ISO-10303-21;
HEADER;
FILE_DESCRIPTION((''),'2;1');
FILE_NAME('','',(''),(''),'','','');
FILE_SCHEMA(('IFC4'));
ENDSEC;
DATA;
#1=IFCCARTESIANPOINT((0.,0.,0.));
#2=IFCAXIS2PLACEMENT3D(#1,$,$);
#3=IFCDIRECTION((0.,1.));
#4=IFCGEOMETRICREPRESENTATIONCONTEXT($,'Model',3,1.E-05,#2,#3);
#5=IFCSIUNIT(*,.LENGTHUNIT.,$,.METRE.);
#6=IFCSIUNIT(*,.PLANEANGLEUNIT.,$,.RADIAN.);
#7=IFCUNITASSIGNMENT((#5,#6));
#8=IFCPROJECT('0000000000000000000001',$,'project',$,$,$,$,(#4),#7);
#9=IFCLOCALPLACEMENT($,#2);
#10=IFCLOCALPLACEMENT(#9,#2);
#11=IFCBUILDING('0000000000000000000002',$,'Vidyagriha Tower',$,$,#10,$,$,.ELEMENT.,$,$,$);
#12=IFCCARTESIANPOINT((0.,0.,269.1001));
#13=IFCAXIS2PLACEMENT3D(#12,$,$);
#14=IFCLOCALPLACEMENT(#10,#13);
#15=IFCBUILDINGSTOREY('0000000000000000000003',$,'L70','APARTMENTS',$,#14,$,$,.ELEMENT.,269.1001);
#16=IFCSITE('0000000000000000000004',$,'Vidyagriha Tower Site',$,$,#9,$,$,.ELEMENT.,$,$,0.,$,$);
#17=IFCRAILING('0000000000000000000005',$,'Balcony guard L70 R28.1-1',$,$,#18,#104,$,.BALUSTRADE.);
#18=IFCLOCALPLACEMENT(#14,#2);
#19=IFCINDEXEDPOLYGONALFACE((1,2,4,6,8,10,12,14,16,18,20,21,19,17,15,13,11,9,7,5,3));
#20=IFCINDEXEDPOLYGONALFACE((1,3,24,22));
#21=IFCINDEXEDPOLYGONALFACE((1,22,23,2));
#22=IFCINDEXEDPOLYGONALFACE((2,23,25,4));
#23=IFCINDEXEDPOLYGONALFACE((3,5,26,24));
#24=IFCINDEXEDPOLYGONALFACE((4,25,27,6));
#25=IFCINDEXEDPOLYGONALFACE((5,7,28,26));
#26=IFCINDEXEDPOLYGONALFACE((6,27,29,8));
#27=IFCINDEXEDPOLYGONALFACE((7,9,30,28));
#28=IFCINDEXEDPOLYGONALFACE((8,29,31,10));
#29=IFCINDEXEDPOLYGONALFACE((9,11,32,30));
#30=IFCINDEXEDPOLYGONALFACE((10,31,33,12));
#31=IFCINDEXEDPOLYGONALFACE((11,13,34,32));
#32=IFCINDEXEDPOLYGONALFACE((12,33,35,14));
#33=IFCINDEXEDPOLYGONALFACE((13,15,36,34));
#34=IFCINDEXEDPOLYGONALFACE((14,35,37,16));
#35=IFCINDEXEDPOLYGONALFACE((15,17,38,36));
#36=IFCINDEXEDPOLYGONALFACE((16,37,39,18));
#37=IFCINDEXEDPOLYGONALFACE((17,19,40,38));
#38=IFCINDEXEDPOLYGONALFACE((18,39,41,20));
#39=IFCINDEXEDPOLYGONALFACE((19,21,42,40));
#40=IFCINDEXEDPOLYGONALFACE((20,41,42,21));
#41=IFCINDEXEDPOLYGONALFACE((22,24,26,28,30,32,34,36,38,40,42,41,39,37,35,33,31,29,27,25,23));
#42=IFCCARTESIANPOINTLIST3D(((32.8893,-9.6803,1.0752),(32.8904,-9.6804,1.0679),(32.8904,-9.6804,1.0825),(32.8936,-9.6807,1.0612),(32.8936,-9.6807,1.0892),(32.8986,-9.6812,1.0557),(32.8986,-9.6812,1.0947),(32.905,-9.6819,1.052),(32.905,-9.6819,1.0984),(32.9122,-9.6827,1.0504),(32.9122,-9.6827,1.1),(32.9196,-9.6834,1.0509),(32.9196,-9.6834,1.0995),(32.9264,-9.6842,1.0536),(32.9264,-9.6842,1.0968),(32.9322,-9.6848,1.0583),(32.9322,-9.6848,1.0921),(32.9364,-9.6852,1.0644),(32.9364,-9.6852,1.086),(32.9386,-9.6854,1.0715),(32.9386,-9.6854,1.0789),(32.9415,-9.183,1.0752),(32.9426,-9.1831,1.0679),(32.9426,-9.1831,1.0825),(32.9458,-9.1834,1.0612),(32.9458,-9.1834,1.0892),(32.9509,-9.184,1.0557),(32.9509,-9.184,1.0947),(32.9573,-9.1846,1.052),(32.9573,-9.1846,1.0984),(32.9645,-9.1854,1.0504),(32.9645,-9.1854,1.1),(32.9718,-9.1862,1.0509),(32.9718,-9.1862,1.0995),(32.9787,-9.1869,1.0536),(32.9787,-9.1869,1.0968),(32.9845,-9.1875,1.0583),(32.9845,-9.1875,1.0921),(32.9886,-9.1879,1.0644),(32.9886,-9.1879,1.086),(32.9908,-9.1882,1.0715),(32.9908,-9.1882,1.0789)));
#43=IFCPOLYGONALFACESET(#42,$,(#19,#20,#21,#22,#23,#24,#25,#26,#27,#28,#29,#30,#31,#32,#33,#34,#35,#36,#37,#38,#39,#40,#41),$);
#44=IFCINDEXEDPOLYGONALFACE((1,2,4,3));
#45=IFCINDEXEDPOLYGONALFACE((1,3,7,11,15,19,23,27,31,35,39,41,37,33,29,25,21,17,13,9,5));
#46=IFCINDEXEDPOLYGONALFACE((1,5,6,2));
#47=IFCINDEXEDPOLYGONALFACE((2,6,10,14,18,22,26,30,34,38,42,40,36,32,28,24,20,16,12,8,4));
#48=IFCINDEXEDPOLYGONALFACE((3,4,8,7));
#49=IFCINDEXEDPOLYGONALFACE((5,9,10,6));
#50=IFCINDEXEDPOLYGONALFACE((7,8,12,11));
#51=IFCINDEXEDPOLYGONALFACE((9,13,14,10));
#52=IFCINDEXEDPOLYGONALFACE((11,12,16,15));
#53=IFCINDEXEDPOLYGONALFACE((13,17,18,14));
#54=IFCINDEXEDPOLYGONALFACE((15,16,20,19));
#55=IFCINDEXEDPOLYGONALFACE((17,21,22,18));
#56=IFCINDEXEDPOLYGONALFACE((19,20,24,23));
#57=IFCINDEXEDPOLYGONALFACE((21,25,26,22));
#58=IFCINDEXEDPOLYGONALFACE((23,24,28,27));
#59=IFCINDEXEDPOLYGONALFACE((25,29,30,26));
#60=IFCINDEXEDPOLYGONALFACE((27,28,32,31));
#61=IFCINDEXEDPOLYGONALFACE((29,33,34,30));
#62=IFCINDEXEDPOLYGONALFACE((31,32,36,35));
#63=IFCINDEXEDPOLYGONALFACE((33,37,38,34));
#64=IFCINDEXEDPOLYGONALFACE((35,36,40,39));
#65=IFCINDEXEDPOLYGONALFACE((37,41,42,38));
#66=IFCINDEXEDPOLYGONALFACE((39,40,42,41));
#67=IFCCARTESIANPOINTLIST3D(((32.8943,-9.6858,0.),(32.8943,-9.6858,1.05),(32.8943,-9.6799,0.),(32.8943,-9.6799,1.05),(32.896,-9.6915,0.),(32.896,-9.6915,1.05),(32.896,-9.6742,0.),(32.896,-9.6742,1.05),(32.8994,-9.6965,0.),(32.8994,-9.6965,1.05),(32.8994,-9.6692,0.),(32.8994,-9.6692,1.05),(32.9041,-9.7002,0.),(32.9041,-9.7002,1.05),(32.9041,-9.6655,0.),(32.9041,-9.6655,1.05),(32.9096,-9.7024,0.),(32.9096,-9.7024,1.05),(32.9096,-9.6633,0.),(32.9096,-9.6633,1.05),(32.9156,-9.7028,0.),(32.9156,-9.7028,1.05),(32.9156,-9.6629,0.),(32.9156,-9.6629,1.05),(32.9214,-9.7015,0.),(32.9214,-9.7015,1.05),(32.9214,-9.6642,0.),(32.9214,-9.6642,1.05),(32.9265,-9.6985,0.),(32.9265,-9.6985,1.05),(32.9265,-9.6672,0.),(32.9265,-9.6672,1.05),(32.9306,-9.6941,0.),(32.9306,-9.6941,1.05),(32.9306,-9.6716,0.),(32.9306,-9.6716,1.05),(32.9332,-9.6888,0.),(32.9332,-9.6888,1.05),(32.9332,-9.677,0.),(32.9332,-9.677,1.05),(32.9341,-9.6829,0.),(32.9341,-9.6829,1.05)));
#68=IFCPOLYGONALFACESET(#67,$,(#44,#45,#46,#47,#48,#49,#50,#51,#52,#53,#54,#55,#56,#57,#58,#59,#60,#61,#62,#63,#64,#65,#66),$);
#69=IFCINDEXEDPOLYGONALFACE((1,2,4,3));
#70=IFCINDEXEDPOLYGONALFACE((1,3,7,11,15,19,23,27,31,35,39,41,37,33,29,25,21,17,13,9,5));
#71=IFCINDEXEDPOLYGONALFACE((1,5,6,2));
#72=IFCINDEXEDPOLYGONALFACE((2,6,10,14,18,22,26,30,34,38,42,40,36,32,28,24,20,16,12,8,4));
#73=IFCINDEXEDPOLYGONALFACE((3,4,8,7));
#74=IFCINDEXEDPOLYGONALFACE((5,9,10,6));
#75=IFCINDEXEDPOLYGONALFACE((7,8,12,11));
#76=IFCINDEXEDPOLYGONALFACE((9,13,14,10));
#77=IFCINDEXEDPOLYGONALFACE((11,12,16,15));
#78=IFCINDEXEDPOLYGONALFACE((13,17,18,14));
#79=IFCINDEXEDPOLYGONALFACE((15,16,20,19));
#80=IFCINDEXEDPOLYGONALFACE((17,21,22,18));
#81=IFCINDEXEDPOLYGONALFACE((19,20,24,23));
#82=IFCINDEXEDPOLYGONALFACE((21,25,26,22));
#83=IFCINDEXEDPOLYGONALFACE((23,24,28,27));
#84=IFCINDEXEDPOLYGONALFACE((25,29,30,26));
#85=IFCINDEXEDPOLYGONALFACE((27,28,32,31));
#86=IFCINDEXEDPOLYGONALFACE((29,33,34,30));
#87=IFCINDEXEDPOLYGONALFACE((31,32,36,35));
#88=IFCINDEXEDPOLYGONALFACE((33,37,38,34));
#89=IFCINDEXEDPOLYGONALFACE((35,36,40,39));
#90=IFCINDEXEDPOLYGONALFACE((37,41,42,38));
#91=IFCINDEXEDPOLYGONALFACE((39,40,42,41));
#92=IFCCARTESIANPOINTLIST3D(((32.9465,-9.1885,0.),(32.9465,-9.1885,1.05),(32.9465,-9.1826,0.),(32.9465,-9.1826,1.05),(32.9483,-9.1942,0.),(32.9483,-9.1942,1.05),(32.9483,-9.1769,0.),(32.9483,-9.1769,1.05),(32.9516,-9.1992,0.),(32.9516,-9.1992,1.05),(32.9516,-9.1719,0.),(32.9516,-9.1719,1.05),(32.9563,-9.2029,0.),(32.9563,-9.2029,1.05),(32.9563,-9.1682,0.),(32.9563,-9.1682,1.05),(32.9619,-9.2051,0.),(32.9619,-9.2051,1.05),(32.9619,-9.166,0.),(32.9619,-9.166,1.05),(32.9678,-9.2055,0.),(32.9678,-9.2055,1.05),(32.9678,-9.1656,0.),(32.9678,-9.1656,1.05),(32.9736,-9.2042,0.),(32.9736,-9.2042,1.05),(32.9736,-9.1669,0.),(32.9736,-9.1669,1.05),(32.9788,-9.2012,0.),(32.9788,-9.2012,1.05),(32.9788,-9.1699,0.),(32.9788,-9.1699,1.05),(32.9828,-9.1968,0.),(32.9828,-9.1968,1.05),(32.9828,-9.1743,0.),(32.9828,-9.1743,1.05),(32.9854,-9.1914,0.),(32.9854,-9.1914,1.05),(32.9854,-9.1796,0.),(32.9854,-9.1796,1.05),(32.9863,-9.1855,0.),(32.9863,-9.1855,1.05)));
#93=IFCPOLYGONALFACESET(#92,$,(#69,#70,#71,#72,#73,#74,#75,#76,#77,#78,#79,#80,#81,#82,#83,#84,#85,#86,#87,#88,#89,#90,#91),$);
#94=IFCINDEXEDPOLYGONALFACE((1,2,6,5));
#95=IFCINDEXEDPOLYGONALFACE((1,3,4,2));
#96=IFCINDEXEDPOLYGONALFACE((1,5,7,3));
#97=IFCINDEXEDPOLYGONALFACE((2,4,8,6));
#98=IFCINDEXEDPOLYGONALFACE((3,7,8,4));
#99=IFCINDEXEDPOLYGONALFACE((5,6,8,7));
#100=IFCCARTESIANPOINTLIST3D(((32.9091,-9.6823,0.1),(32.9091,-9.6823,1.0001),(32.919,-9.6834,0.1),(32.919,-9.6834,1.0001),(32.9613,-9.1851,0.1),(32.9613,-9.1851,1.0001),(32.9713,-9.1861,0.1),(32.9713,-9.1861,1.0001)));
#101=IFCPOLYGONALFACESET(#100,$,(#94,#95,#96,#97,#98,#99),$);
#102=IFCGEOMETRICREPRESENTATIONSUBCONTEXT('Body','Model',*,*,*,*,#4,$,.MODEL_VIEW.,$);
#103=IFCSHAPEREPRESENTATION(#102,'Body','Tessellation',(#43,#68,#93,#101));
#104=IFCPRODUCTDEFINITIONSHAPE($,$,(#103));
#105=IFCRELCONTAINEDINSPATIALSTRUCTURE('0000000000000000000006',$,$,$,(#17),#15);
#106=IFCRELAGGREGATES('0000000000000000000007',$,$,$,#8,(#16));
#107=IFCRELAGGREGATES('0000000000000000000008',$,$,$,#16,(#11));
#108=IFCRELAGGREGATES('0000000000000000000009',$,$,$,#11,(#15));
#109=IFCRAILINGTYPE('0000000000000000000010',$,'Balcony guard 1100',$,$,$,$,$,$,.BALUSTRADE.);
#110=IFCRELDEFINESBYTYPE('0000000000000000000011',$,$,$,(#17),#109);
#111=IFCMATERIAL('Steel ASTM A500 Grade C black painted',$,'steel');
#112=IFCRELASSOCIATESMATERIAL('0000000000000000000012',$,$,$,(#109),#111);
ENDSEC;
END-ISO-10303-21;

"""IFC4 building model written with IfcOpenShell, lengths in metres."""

from ifc_helpers import new_model, si_unit, direction, frame, origin, origin_2d, place, context, subcontext, project, spatial, rectangle, circle, extrude, material, type_object, element, save


model = new_model("IFC4")

# Units and contexts
model_context = context("Model", 3, precision=1e-05, world=origin(), true_north=direction((0.0, 1.0)))
body_context = subcontext(model_context, "Body", "Model", "MODEL_VIEW")
ifc_project = project(units=[si_unit("LENGTHUNIT", "METRE"), si_unit("PLANEANGLEUNIT", "RADIAN")], contexts=[model_context])

# Site, building, storey
site_placement = place(None, origin())
site = spatial("IfcSite", under=ifc_project, at=site_placement, Name="Vidyagriha Tower Site", CompositionType="ELEMENT", RefElevation=0.0)
building_placement = place(site_placement, origin())
building = spatial("IfcBuilding", under=site, at=building_placement, Name="Vidyagriha Tower", CompositionType="ELEMENT")
storey_placement = place(building_placement, frame((0.0, 0.0, 269.1001)))
storey = spatial("IfcBuildingStorey", under=building, at=storey_placement, Name="L70", Description="APARTMENTS", CompositionType="ELEMENT", Elevation=269.1001)

# Railing
ifc_material_1 = material(Name="Steel ASTM A500 Grade C black painted", Category="steel")
railing_type_1 = type_object("IfcRailingType", Name="Balcony guard 1100", PredefinedType="BALUSTRADE", material=ifc_material_1)
railing_1_placement = place(storey_placement, frame((32.9141, -9.6829, 0.0)))
element("IfcRailing", 1, at=railing_1_placement, inside=storey, type_object=railing_type_1, Name="Balcony guard L70 R28.1-1", PredefinedType="BALUSTRADE", context=body_context, shape_type="SweptSolid", body=[
    extrude(circle(Radius=0.0249, at=origin_2d()), frame((0.0, 0.0, 1.0752), z_axis=(0.104481, 0.994527, 0.0), x_axis=(-0.994527, 0.104481, 0.0)), (0.0, 0.0, 1.0), 0.5),
    extrude(circle(Radius=0.02, at=origin_2d()), origin(), (0.0, 0.0, 1.0), 1.05),
    extrude(circle(Radius=0.02, at=origin_2d()), frame((0.0522, 0.4973, 0.0)), (0.0, 0.0, 1.0), 1.05),
    extrude(rectangle(XDim=0.01, YDim=0.9001, at=origin_2d()), frame((0.0, 0.0, 0.55), z_axis=(0.104481, 0.994527, 0.0), x_axis=(-0.994527, 0.104481, 0.0)), (0.0, 0.0, 1.0), 0.5),
])

save(model, "model.ifc")
